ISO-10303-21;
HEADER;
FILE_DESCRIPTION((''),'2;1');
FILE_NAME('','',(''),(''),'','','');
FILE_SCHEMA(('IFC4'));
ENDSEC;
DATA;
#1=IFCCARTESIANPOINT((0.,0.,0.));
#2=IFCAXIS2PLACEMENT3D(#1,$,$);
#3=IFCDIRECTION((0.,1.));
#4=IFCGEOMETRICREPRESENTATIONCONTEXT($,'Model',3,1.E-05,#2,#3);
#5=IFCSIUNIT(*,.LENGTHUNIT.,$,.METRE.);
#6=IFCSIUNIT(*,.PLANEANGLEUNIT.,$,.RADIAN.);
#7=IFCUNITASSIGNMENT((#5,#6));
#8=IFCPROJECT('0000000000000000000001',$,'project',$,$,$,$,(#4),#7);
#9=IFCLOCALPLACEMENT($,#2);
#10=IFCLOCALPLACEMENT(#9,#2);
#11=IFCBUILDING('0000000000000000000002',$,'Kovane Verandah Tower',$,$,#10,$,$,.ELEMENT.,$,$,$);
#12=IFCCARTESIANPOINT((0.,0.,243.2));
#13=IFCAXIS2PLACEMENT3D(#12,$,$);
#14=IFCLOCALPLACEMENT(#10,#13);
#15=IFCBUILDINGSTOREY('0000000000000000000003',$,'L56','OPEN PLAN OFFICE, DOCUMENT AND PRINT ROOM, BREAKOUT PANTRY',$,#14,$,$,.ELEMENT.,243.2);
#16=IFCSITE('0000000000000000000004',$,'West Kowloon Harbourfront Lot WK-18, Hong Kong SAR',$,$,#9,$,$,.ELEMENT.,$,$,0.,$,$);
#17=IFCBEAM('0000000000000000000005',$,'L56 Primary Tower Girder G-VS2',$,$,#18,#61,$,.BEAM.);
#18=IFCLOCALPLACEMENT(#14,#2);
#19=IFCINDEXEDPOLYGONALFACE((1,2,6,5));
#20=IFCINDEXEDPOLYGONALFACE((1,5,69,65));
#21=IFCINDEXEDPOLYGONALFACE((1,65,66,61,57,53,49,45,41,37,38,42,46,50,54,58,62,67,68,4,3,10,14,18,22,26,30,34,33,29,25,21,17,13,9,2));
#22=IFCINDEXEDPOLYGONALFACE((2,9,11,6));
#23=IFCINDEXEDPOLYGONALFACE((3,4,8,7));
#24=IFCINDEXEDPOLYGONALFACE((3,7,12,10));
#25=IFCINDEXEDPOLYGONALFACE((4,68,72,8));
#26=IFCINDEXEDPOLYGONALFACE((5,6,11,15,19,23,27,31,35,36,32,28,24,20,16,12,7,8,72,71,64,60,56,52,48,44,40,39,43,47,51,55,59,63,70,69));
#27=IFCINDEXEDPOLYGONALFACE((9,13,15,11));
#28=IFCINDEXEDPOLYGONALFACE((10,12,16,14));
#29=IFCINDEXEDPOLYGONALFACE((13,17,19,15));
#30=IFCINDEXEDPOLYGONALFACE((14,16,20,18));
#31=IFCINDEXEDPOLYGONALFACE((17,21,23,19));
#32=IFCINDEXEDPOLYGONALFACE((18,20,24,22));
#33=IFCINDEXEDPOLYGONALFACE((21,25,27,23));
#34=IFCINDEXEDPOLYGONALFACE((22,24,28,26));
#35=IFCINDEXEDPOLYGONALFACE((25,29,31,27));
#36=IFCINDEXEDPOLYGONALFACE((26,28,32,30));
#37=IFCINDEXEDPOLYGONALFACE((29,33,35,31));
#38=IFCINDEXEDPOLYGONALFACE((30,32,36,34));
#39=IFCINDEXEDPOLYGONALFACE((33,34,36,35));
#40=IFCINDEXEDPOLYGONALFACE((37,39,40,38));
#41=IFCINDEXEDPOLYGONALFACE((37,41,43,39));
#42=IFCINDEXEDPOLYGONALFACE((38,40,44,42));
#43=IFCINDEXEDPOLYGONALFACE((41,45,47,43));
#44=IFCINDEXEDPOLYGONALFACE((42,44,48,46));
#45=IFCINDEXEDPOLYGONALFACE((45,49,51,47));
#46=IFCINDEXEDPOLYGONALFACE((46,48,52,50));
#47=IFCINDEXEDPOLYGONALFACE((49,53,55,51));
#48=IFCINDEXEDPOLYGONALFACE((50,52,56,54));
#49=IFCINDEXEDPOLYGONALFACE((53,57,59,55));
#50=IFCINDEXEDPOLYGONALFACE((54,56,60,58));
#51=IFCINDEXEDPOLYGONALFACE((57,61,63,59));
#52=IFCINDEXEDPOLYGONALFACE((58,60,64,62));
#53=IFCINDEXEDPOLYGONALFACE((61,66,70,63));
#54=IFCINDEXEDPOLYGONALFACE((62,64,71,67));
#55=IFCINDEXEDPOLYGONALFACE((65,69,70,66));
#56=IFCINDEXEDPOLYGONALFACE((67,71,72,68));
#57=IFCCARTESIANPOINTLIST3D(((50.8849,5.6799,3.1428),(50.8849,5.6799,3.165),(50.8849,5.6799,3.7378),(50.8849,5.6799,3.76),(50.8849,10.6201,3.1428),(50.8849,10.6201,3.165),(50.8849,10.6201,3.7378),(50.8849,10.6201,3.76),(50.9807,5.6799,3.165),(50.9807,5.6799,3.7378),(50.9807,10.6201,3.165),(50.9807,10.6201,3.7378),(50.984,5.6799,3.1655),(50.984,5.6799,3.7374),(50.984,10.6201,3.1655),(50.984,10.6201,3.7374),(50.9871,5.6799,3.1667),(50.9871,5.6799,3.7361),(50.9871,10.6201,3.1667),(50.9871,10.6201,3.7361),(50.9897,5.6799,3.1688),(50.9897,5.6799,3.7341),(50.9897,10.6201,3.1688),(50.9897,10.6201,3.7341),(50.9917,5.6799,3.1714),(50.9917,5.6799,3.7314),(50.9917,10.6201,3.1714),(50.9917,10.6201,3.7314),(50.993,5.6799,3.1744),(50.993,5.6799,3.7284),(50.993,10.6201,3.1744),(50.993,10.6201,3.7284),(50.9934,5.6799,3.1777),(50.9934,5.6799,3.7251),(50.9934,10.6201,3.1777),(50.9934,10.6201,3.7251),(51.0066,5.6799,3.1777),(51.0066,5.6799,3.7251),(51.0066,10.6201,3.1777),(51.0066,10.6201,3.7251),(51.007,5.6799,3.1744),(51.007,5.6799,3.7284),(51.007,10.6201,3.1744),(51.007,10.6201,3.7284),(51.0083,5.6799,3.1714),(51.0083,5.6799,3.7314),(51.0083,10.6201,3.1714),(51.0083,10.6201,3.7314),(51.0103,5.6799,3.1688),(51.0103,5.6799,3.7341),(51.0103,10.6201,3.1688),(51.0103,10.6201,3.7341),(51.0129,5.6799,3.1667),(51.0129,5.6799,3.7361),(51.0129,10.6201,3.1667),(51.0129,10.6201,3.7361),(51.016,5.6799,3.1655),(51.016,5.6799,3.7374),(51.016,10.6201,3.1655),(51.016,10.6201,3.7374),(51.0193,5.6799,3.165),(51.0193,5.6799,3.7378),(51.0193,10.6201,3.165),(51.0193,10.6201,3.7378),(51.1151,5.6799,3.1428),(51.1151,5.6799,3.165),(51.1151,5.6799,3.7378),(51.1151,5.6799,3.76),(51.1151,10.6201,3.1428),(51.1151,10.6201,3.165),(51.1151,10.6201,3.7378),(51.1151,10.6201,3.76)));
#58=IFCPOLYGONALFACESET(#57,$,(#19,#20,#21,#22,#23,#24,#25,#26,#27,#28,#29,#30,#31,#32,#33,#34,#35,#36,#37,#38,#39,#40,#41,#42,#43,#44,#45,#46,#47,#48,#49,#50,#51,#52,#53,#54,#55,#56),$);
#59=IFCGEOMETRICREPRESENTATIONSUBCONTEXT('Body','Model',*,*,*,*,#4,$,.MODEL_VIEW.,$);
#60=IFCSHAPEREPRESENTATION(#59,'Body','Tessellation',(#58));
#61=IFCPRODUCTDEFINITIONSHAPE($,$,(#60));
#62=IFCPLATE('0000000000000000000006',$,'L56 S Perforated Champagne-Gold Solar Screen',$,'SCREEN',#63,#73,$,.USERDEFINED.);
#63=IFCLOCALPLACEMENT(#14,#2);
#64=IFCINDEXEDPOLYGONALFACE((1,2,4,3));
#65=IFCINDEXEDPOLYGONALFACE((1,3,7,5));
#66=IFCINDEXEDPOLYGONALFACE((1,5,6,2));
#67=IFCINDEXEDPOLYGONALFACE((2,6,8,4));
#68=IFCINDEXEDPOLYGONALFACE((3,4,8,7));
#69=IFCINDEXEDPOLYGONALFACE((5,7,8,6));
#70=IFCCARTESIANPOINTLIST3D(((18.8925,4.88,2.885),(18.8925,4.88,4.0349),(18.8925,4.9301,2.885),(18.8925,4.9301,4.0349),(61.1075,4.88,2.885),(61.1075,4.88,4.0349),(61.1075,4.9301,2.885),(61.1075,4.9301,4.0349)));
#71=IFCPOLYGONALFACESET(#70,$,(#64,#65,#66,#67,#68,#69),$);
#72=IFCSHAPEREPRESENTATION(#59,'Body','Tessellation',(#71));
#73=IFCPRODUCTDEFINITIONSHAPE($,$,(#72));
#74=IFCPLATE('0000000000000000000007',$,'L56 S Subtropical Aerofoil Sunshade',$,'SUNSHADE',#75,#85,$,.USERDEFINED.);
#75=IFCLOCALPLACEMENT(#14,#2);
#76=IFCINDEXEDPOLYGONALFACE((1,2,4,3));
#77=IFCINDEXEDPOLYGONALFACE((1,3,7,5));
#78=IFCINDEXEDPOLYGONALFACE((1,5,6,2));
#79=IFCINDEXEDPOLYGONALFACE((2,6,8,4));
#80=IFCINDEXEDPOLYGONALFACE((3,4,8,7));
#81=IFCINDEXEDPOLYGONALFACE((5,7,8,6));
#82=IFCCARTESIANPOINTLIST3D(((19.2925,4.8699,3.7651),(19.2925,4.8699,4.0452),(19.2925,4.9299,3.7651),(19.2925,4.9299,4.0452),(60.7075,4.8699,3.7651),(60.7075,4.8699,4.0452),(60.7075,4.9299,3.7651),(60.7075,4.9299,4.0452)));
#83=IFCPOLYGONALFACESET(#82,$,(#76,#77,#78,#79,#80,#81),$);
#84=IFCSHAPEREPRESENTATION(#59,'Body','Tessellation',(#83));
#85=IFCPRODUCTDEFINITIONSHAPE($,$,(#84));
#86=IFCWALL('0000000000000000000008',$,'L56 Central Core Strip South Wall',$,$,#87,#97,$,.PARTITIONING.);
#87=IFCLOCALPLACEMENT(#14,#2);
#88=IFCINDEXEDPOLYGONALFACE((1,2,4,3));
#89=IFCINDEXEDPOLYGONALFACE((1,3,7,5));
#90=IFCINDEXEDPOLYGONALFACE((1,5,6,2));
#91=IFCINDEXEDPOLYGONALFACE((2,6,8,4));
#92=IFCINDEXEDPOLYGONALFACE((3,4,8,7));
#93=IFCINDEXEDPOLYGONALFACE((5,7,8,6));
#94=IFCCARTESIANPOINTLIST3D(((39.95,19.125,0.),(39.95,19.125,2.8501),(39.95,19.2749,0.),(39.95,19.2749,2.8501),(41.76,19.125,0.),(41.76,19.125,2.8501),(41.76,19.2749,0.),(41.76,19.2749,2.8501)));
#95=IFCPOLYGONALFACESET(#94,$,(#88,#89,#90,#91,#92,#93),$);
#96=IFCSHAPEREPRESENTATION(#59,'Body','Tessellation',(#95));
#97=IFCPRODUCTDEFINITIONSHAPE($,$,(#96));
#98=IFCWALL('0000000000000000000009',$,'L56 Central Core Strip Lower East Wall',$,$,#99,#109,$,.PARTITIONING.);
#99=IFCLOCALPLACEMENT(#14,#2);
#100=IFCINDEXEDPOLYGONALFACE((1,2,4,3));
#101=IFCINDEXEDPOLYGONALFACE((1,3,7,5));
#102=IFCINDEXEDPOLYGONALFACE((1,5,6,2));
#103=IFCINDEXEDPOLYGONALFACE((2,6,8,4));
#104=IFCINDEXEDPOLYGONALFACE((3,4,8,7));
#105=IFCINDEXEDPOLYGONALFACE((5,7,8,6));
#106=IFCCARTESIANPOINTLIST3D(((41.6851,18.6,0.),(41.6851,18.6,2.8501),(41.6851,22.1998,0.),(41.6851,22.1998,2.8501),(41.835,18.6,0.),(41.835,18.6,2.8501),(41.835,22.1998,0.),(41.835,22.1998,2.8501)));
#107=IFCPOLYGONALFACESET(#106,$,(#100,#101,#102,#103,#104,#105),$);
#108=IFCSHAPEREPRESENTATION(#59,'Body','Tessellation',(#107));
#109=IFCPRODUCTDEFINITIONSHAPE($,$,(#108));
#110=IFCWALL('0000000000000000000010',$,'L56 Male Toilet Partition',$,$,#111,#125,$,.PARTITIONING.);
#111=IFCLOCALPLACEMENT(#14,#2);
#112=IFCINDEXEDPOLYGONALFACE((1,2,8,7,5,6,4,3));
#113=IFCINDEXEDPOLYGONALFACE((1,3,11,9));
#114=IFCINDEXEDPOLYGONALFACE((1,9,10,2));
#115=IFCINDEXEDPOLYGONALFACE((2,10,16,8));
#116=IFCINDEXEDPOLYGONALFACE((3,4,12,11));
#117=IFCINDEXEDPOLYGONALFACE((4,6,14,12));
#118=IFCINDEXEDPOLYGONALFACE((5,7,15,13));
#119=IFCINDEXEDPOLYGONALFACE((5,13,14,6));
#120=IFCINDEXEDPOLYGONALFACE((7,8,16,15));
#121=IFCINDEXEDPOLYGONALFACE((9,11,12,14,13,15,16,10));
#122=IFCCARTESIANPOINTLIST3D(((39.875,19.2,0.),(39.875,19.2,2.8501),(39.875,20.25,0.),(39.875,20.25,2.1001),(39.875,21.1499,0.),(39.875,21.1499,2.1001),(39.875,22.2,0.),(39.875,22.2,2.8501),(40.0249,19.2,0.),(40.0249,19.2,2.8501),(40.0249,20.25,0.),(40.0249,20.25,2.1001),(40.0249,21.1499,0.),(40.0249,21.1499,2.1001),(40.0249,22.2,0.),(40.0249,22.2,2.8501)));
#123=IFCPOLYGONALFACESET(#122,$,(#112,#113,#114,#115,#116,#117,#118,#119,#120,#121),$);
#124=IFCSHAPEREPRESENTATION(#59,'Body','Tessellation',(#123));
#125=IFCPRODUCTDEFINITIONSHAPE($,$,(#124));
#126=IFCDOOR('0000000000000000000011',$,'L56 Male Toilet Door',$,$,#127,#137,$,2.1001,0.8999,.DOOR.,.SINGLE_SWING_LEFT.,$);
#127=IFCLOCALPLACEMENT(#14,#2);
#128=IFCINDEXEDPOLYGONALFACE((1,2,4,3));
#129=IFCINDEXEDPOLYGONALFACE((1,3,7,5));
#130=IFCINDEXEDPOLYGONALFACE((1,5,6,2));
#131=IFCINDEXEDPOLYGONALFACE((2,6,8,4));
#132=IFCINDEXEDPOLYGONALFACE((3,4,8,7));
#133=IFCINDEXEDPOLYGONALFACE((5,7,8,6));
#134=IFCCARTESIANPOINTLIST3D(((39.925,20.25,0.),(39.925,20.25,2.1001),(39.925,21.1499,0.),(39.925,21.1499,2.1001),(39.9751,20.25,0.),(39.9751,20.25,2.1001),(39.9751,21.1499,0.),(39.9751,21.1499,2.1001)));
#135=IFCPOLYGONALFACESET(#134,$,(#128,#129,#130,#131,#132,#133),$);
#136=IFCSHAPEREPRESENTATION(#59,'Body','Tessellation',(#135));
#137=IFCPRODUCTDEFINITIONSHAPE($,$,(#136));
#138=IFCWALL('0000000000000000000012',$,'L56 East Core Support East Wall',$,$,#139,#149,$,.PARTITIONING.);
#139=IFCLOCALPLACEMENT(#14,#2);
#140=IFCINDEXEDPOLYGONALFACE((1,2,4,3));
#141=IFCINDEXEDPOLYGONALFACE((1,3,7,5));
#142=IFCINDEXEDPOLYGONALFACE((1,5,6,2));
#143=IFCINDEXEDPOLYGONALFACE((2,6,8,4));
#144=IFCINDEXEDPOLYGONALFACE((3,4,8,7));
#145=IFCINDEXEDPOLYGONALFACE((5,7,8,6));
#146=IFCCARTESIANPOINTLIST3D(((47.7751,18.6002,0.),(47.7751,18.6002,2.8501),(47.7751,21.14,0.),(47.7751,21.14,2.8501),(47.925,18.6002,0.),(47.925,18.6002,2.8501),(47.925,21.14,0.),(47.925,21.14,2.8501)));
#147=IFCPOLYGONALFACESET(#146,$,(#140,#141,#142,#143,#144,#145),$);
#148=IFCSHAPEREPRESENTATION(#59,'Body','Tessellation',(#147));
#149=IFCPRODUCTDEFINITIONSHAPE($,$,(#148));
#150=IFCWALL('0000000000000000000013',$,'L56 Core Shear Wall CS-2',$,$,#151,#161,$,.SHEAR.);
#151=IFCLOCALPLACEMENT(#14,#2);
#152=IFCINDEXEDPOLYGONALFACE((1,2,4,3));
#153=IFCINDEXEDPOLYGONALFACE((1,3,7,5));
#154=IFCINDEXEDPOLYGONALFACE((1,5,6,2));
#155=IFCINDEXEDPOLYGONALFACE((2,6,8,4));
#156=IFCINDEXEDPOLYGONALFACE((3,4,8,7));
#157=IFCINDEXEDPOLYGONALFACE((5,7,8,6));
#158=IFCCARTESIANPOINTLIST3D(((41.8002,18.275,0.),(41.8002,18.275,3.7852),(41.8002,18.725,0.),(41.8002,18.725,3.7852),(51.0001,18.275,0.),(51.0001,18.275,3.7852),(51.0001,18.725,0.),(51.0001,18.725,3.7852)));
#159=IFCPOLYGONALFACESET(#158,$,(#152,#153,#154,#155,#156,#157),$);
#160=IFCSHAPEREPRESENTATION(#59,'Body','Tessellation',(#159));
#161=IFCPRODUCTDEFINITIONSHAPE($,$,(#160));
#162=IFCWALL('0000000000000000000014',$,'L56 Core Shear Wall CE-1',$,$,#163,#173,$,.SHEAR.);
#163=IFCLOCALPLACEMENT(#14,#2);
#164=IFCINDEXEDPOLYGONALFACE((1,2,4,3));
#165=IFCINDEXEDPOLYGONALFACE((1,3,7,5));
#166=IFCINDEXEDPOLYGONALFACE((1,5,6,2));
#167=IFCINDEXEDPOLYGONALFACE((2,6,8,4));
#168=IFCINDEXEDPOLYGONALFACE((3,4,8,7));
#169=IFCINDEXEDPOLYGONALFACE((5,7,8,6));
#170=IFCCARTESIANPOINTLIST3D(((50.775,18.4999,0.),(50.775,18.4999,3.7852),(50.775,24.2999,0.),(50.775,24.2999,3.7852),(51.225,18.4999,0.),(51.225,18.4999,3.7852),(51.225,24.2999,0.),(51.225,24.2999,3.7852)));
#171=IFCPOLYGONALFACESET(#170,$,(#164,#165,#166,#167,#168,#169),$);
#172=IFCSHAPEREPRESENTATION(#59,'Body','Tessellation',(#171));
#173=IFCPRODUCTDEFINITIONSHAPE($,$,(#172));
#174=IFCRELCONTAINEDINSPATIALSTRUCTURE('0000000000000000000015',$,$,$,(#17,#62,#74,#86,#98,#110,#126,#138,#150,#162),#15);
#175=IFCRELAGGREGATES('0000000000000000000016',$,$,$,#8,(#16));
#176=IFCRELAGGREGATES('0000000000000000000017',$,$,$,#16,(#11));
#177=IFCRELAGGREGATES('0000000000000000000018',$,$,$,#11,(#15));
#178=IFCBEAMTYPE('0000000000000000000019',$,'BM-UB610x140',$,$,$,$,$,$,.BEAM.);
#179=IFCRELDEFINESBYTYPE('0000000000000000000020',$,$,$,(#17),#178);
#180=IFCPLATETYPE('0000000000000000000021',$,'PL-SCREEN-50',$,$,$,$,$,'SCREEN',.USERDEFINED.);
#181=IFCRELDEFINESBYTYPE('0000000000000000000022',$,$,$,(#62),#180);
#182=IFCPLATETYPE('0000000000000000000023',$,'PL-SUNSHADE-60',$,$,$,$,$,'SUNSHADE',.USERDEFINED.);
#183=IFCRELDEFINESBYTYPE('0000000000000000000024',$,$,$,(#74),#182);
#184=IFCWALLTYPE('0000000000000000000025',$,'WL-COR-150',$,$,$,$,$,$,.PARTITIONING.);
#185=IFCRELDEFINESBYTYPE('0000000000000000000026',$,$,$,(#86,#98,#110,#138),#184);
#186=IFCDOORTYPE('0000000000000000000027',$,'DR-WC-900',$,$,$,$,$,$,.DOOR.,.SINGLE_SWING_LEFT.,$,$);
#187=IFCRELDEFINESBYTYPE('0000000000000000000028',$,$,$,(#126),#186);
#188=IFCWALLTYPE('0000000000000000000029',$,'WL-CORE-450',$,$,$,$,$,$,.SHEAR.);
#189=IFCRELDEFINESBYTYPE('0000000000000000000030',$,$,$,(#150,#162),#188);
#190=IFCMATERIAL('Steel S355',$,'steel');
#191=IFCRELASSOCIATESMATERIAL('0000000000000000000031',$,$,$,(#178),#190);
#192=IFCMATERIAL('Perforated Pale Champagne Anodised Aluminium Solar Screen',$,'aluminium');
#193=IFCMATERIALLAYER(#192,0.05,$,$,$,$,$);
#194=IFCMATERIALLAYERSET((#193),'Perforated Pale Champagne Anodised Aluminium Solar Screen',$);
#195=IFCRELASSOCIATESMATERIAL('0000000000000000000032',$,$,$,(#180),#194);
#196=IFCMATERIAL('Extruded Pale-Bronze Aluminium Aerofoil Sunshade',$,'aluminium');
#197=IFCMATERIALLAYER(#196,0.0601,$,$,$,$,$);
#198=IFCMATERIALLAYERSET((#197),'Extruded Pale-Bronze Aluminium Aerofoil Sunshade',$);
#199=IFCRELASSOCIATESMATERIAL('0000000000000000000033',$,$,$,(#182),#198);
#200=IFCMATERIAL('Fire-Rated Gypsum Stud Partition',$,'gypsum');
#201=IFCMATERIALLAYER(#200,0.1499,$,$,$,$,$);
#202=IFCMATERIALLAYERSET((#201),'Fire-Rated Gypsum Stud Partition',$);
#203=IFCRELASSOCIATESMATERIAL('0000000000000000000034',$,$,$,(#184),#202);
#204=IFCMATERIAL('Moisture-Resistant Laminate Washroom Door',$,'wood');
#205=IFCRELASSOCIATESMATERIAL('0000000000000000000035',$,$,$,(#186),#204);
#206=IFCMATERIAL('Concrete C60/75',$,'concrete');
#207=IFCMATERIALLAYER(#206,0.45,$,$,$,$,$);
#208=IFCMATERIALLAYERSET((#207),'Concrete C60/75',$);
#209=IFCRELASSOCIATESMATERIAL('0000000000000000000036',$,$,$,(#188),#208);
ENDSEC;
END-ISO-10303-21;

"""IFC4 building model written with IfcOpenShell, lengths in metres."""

from ifc_helpers import new_model, si_unit, direction, frame, frame_2d, origin, origin_2d, place, context, subcontext, project, spatial, rectangle, i_section, extrude, material, layer, layer_set, material_profile, profile_set, type_object, element, fill, save


model = new_model("IFC4")

# Units and contexts
model_context = context("Model", 3, precision=1e-05, world=origin(), true_north=direction((0.0, 1.0)))
body_context = subcontext(model_context, "Body", "Model", "MODEL_VIEW")
ifc_project = project(units=[si_unit("LENGTHUNIT", "METRE"), si_unit("PLANEANGLEUNIT", "RADIAN")], contexts=[model_context])

# Site, building, storey
site_placement = place(None, origin())
site = spatial("IfcSite", under=ifc_project, at=site_placement, Name="West Kowloon Harbourfront Lot WK-18, Hong Kong SAR", CompositionType="ELEMENT", RefElevation=0.0)
building_placement = place(site_placement, origin())
building = spatial("IfcBuilding", under=site, at=building_placement, Name="Kovane Verandah Tower", CompositionType="ELEMENT")
storey_placement = place(building_placement, frame((0.0, 0.0, 243.2)))
storey = spatial("IfcBuildingStorey", under=building, at=storey_placement, Name="L56", Description="OPEN PLAN OFFICE, DOCUMENT AND PRINT ROOM, BREAKOUT PANTRY", CompositionType="ELEMENT", Elevation=243.2)

# Shared definitions
ifc_material_1 = material(Name="Concrete C60/75", Category="concrete")

# Beam
ifc_material_2 = material(Name="Steel S355", Category="steel")
ifc_material_profile_1 = material_profile(ifc_material_2, i_section(OverallWidth=0.2302, OverallDepth=0.6172, WebThickness=0.0132, FlangeThickness=0.0222, FilletRadius=0.0127, at=origin_2d()), Name="UB610x229x140")
ifc_profile_set_1 = profile_set([ifc_material_profile_1], Name="Steel S355")
beam_type_1 = type_object("IfcBeamType", Name="BM-UB610x140", PredefinedType="BEAM", material=ifc_profile_set_1)
beam_1_placement = place(storey_placement, frame((51.0, 10.6201, 3.4514), z_axis=(0.0, -1.0, 0.0), x_axis=(1.0, 0.0, 0.0)))
element("IfcBeam", 1, at=beam_1_placement, inside=storey, type_object=beam_type_1, Name="L56 Primary Tower Girder G-VS2", PredefinedType="BEAM", context=body_context, shape_type="SweptSolid", body=[
    extrude(i_section(OverallWidth=0.2302, OverallDepth=0.6172, WebThickness=0.0132, FlangeThickness=0.0222, FilletRadius=0.0127, at=origin_2d()), origin(), (0.0, 0.0, 1.0), 4.9402),
])

# Plates
ifc_material_3 = material(Name="Perforated Pale Champagne Anodised Aluminium Solar Screen", Category="aluminium")
ifc_layer_1 = layer(ifc_material_3, 0.05)
ifc_layer_set_1 = layer_set([ifc_layer_1], Name="Perforated Pale Champagne Anodised Aluminium Solar Screen")
plate_type_1 = type_object("IfcPlateType", Name="PL-SCREEN-50", ElementType="SCREEN", PredefinedType="USERDEFINED", material=ifc_layer_set_1)
plate_1_placement = place(storey_placement, frame((40.0, 4.905, 2.885), z_axis=(0.0, 0.0, 1.0), x_axis=(1.0, 0.0, 0.0)))
element("IfcPlate", 2, at=plate_1_placement, inside=storey, type_object=plate_type_1, Name="L56 S Perforated Champagne-Gold Solar Screen", ObjectType="SCREEN", PredefinedType="USERDEFINED", context=body_context, shape_type="SweptSolid", body=[
    extrude(rectangle(XDim=42.2151, YDim=0.05, at=origin_2d()), origin(), (0.0, 0.0, 1.0), 1.1499),
])
ifc_material_4 = material(Name="Extruded Pale-Bronze Aluminium Aerofoil Sunshade", Category="aluminium")
ifc_layer_2 = layer(ifc_material_4, 0.0601)
ifc_layer_set_2 = layer_set([ifc_layer_2], Name="Extruded Pale-Bronze Aluminium Aerofoil Sunshade")
plate_type_2 = type_object("IfcPlateType", Name="PL-SUNSHADE-60", ElementType="SUNSHADE", PredefinedType="USERDEFINED", material=ifc_layer_set_2)
plate_2_placement = place(storey_placement, frame((40.0, 4.8999, 3.7651), z_axis=(0.0, 0.0, 1.0), x_axis=(1.0, 0.0, 0.0)))
element("IfcPlate", 3, at=plate_2_placement, inside=storey, type_object=plate_type_2, Name="L56 S Subtropical Aerofoil Sunshade", ObjectType="SUNSHADE", PredefinedType="USERDEFINED", context=body_context, shape_type="SweptSolid", body=[
    extrude(rectangle(XDim=41.415, YDim=0.0601, at=origin_2d()), origin(), (0.0, 0.0, 1.0), 0.28),
])

# Walls
ifc_material_5 = material(Name="Fire-Rated Gypsum Stud Partition", Category="gypsum")
ifc_layer_3 = layer(ifc_material_5, 0.1499)
ifc_layer_set_3 = layer_set([ifc_layer_3], Name="Fire-Rated Gypsum Stud Partition")
wall_type_1 = type_object("IfcWallType", Name="WL-COR-150", PredefinedType="PARTITIONING", material=ifc_layer_set_3)
wall_1_placement = place(storey_placement, frame((39.95, 19.2, 0.0), z_axis=(0.0, 0.0, 1.0), x_axis=(1.0, 0.0, 0.0)))
element("IfcWall", 4, at=wall_1_placement, inside=storey, type_object=wall_type_1, Name="L56 Central Core Strip South Wall", PredefinedType="PARTITIONING", context=body_context, shape_type="SweptSolid", body=[
    extrude(rectangle(XDim=1.8101, YDim=0.1499, at=frame_2d((0.905, 0.0))), origin(), (0.0, 0.0, 1.0), 2.8501),
])
wall_2_placement = place(storey_placement, frame((41.76, 18.6001, 0.0), z_axis=(0.0, 0.0, 1.0), x_axis=(0.0, 1.0, 0.0)))
element("IfcWall", 5, at=wall_2_placement, inside=storey, type_object=wall_type_1, Name="L56 Central Core Strip Lower East Wall", PredefinedType="PARTITIONING", context=body_context, shape_type="SweptSolid", body=[
    extrude(rectangle(XDim=3.5999, YDim=0.1499, at=frame_2d((1.7998, 0.0))), origin(), (0.0, 0.0, 1.0), 2.8501),
])

# Wall, opening, door
wall_3_placement = place(storey_placement, frame((39.95, 19.2, 0.0), z_axis=(0.0, 0.0, 1.0), x_axis=(0.0, 1.0, 0.0)))
wall_3 = element("IfcWall", 6, at=wall_3_placement, inside=storey, type_object=wall_type_1, Name="L56 Male Toilet Partition", PredefinedType="PARTITIONING", context=body_context, shape_type="SweptSolid", body=[
    extrude(rectangle(XDim=3.0, YDim=0.1499, at=frame_2d((1.5, 0.0))), origin(), (0.0, 0.0, 1.0), 2.8501),
])
opening_1_placement = place(wall_3_placement, frame((1.05, 0.0, 0.0)))
opening_1 = element("IfcOpeningElement", 7, at=opening_1_placement, cuts=wall_3, PredefinedType="OPENING", context=body_context, shape_type="SweptSolid", body=[
    extrude(rectangle(XDim=0.8999, YDim=2.1001, at=frame_2d((0.45, 1.05))), frame((0.0, 0.075, 0.0), z_axis=(0.0, -1.0, 0.0), x_axis=(1.0, 0.0, 0.0)), (0.0, 0.0, 1.0), 0.1499),
])
ifc_material_6 = material(Name="Moisture-Resistant Laminate Washroom Door", Category="wood")
door_type_1 = type_object("IfcDoorType", Name="DR-WC-900", OperationType="SINGLE_SWING_LEFT", PredefinedType="DOOR", material=ifc_material_6)
door_1_placement = place(opening_1_placement, origin())
door_1 = element("IfcDoor", 8, at=door_1_placement, inside=storey, type_object=door_type_1, Name="L56 Male Toilet Door", OperationType="SINGLE_SWING_LEFT", OverallHeight=2.1001, OverallWidth=0.8999, PredefinedType="DOOR", context=body_context, shape_type="SweptSolid", body=[
    extrude(rectangle(XDim=0.8999, YDim=2.1001, at=frame_2d((0.45, 1.05))), frame((0.0, 0.0249, 0.0), z_axis=(0.0, -1.0, 0.0), x_axis=(1.0, 0.0, 0.0)), (0.0, 0.0, 1.0), 0.05),
])
fill(opening_1, door_1)

# Walls
wall_4_placement = place(storey_placement, frame((47.8501, 18.6001, 0.0), z_axis=(0.0, 0.0, 1.0), x_axis=(0.0, 1.0, 0.0)))
element("IfcWall", 9, at=wall_4_placement, inside=storey, type_object=wall_type_1, Name="L56 East Core Support East Wall", PredefinedType="PARTITIONING", context=body_context, shape_type="SweptSolid", body=[
    extrude(rectangle(XDim=2.5398, YDim=0.1499, at=frame_2d((1.27, 0.0))), origin(), (0.0, 0.0, 1.0), 2.8501),
])
ifc_layer_4 = layer(ifc_material_1, 0.45)
ifc_layer_set_4 = layer_set([ifc_layer_4], Name="Concrete C60/75")
wall_type_2 = type_object("IfcWallType", Name="WL-CORE-450", PredefinedType="SHEAR", material=ifc_layer_set_4)
wall_5_placement = place(storey_placement, frame((41.8, 18.5, 0.0), z_axis=(0.0, 0.0, 1.0), x_axis=(1.0, 0.0, 0.0)))
element("IfcWall", 10, at=wall_5_placement, inside=storey, type_object=wall_type_2, Name="L56 Core Shear Wall CS-2", PredefinedType="SHEAR", context=body_context, shape_type="SweptSolid", body=[
    extrude(rectangle(XDim=9.2, YDim=0.45, at=frame_2d((4.6001, 0.0))), origin(), (0.0, 0.0, 1.0), 3.7852),
])
wall_6_placement = place(storey_placement, frame((51.0, 18.5, 0.0), z_axis=(0.0, 0.0, 1.0), x_axis=(0.0, 1.0, 0.0)))
element("IfcWall", 11, at=wall_6_placement, inside=storey, type_object=wall_type_2, Name="L56 Core Shear Wall CE-1", PredefinedType="SHEAR", context=body_context, shape_type="SweptSolid", body=[
    extrude(rectangle(XDim=5.8, YDim=0.45, at=frame_2d((2.8999, 0.0))), origin(), (0.0, 0.0, 1.0), 3.7852),
])

save(model, "model.ifc")
